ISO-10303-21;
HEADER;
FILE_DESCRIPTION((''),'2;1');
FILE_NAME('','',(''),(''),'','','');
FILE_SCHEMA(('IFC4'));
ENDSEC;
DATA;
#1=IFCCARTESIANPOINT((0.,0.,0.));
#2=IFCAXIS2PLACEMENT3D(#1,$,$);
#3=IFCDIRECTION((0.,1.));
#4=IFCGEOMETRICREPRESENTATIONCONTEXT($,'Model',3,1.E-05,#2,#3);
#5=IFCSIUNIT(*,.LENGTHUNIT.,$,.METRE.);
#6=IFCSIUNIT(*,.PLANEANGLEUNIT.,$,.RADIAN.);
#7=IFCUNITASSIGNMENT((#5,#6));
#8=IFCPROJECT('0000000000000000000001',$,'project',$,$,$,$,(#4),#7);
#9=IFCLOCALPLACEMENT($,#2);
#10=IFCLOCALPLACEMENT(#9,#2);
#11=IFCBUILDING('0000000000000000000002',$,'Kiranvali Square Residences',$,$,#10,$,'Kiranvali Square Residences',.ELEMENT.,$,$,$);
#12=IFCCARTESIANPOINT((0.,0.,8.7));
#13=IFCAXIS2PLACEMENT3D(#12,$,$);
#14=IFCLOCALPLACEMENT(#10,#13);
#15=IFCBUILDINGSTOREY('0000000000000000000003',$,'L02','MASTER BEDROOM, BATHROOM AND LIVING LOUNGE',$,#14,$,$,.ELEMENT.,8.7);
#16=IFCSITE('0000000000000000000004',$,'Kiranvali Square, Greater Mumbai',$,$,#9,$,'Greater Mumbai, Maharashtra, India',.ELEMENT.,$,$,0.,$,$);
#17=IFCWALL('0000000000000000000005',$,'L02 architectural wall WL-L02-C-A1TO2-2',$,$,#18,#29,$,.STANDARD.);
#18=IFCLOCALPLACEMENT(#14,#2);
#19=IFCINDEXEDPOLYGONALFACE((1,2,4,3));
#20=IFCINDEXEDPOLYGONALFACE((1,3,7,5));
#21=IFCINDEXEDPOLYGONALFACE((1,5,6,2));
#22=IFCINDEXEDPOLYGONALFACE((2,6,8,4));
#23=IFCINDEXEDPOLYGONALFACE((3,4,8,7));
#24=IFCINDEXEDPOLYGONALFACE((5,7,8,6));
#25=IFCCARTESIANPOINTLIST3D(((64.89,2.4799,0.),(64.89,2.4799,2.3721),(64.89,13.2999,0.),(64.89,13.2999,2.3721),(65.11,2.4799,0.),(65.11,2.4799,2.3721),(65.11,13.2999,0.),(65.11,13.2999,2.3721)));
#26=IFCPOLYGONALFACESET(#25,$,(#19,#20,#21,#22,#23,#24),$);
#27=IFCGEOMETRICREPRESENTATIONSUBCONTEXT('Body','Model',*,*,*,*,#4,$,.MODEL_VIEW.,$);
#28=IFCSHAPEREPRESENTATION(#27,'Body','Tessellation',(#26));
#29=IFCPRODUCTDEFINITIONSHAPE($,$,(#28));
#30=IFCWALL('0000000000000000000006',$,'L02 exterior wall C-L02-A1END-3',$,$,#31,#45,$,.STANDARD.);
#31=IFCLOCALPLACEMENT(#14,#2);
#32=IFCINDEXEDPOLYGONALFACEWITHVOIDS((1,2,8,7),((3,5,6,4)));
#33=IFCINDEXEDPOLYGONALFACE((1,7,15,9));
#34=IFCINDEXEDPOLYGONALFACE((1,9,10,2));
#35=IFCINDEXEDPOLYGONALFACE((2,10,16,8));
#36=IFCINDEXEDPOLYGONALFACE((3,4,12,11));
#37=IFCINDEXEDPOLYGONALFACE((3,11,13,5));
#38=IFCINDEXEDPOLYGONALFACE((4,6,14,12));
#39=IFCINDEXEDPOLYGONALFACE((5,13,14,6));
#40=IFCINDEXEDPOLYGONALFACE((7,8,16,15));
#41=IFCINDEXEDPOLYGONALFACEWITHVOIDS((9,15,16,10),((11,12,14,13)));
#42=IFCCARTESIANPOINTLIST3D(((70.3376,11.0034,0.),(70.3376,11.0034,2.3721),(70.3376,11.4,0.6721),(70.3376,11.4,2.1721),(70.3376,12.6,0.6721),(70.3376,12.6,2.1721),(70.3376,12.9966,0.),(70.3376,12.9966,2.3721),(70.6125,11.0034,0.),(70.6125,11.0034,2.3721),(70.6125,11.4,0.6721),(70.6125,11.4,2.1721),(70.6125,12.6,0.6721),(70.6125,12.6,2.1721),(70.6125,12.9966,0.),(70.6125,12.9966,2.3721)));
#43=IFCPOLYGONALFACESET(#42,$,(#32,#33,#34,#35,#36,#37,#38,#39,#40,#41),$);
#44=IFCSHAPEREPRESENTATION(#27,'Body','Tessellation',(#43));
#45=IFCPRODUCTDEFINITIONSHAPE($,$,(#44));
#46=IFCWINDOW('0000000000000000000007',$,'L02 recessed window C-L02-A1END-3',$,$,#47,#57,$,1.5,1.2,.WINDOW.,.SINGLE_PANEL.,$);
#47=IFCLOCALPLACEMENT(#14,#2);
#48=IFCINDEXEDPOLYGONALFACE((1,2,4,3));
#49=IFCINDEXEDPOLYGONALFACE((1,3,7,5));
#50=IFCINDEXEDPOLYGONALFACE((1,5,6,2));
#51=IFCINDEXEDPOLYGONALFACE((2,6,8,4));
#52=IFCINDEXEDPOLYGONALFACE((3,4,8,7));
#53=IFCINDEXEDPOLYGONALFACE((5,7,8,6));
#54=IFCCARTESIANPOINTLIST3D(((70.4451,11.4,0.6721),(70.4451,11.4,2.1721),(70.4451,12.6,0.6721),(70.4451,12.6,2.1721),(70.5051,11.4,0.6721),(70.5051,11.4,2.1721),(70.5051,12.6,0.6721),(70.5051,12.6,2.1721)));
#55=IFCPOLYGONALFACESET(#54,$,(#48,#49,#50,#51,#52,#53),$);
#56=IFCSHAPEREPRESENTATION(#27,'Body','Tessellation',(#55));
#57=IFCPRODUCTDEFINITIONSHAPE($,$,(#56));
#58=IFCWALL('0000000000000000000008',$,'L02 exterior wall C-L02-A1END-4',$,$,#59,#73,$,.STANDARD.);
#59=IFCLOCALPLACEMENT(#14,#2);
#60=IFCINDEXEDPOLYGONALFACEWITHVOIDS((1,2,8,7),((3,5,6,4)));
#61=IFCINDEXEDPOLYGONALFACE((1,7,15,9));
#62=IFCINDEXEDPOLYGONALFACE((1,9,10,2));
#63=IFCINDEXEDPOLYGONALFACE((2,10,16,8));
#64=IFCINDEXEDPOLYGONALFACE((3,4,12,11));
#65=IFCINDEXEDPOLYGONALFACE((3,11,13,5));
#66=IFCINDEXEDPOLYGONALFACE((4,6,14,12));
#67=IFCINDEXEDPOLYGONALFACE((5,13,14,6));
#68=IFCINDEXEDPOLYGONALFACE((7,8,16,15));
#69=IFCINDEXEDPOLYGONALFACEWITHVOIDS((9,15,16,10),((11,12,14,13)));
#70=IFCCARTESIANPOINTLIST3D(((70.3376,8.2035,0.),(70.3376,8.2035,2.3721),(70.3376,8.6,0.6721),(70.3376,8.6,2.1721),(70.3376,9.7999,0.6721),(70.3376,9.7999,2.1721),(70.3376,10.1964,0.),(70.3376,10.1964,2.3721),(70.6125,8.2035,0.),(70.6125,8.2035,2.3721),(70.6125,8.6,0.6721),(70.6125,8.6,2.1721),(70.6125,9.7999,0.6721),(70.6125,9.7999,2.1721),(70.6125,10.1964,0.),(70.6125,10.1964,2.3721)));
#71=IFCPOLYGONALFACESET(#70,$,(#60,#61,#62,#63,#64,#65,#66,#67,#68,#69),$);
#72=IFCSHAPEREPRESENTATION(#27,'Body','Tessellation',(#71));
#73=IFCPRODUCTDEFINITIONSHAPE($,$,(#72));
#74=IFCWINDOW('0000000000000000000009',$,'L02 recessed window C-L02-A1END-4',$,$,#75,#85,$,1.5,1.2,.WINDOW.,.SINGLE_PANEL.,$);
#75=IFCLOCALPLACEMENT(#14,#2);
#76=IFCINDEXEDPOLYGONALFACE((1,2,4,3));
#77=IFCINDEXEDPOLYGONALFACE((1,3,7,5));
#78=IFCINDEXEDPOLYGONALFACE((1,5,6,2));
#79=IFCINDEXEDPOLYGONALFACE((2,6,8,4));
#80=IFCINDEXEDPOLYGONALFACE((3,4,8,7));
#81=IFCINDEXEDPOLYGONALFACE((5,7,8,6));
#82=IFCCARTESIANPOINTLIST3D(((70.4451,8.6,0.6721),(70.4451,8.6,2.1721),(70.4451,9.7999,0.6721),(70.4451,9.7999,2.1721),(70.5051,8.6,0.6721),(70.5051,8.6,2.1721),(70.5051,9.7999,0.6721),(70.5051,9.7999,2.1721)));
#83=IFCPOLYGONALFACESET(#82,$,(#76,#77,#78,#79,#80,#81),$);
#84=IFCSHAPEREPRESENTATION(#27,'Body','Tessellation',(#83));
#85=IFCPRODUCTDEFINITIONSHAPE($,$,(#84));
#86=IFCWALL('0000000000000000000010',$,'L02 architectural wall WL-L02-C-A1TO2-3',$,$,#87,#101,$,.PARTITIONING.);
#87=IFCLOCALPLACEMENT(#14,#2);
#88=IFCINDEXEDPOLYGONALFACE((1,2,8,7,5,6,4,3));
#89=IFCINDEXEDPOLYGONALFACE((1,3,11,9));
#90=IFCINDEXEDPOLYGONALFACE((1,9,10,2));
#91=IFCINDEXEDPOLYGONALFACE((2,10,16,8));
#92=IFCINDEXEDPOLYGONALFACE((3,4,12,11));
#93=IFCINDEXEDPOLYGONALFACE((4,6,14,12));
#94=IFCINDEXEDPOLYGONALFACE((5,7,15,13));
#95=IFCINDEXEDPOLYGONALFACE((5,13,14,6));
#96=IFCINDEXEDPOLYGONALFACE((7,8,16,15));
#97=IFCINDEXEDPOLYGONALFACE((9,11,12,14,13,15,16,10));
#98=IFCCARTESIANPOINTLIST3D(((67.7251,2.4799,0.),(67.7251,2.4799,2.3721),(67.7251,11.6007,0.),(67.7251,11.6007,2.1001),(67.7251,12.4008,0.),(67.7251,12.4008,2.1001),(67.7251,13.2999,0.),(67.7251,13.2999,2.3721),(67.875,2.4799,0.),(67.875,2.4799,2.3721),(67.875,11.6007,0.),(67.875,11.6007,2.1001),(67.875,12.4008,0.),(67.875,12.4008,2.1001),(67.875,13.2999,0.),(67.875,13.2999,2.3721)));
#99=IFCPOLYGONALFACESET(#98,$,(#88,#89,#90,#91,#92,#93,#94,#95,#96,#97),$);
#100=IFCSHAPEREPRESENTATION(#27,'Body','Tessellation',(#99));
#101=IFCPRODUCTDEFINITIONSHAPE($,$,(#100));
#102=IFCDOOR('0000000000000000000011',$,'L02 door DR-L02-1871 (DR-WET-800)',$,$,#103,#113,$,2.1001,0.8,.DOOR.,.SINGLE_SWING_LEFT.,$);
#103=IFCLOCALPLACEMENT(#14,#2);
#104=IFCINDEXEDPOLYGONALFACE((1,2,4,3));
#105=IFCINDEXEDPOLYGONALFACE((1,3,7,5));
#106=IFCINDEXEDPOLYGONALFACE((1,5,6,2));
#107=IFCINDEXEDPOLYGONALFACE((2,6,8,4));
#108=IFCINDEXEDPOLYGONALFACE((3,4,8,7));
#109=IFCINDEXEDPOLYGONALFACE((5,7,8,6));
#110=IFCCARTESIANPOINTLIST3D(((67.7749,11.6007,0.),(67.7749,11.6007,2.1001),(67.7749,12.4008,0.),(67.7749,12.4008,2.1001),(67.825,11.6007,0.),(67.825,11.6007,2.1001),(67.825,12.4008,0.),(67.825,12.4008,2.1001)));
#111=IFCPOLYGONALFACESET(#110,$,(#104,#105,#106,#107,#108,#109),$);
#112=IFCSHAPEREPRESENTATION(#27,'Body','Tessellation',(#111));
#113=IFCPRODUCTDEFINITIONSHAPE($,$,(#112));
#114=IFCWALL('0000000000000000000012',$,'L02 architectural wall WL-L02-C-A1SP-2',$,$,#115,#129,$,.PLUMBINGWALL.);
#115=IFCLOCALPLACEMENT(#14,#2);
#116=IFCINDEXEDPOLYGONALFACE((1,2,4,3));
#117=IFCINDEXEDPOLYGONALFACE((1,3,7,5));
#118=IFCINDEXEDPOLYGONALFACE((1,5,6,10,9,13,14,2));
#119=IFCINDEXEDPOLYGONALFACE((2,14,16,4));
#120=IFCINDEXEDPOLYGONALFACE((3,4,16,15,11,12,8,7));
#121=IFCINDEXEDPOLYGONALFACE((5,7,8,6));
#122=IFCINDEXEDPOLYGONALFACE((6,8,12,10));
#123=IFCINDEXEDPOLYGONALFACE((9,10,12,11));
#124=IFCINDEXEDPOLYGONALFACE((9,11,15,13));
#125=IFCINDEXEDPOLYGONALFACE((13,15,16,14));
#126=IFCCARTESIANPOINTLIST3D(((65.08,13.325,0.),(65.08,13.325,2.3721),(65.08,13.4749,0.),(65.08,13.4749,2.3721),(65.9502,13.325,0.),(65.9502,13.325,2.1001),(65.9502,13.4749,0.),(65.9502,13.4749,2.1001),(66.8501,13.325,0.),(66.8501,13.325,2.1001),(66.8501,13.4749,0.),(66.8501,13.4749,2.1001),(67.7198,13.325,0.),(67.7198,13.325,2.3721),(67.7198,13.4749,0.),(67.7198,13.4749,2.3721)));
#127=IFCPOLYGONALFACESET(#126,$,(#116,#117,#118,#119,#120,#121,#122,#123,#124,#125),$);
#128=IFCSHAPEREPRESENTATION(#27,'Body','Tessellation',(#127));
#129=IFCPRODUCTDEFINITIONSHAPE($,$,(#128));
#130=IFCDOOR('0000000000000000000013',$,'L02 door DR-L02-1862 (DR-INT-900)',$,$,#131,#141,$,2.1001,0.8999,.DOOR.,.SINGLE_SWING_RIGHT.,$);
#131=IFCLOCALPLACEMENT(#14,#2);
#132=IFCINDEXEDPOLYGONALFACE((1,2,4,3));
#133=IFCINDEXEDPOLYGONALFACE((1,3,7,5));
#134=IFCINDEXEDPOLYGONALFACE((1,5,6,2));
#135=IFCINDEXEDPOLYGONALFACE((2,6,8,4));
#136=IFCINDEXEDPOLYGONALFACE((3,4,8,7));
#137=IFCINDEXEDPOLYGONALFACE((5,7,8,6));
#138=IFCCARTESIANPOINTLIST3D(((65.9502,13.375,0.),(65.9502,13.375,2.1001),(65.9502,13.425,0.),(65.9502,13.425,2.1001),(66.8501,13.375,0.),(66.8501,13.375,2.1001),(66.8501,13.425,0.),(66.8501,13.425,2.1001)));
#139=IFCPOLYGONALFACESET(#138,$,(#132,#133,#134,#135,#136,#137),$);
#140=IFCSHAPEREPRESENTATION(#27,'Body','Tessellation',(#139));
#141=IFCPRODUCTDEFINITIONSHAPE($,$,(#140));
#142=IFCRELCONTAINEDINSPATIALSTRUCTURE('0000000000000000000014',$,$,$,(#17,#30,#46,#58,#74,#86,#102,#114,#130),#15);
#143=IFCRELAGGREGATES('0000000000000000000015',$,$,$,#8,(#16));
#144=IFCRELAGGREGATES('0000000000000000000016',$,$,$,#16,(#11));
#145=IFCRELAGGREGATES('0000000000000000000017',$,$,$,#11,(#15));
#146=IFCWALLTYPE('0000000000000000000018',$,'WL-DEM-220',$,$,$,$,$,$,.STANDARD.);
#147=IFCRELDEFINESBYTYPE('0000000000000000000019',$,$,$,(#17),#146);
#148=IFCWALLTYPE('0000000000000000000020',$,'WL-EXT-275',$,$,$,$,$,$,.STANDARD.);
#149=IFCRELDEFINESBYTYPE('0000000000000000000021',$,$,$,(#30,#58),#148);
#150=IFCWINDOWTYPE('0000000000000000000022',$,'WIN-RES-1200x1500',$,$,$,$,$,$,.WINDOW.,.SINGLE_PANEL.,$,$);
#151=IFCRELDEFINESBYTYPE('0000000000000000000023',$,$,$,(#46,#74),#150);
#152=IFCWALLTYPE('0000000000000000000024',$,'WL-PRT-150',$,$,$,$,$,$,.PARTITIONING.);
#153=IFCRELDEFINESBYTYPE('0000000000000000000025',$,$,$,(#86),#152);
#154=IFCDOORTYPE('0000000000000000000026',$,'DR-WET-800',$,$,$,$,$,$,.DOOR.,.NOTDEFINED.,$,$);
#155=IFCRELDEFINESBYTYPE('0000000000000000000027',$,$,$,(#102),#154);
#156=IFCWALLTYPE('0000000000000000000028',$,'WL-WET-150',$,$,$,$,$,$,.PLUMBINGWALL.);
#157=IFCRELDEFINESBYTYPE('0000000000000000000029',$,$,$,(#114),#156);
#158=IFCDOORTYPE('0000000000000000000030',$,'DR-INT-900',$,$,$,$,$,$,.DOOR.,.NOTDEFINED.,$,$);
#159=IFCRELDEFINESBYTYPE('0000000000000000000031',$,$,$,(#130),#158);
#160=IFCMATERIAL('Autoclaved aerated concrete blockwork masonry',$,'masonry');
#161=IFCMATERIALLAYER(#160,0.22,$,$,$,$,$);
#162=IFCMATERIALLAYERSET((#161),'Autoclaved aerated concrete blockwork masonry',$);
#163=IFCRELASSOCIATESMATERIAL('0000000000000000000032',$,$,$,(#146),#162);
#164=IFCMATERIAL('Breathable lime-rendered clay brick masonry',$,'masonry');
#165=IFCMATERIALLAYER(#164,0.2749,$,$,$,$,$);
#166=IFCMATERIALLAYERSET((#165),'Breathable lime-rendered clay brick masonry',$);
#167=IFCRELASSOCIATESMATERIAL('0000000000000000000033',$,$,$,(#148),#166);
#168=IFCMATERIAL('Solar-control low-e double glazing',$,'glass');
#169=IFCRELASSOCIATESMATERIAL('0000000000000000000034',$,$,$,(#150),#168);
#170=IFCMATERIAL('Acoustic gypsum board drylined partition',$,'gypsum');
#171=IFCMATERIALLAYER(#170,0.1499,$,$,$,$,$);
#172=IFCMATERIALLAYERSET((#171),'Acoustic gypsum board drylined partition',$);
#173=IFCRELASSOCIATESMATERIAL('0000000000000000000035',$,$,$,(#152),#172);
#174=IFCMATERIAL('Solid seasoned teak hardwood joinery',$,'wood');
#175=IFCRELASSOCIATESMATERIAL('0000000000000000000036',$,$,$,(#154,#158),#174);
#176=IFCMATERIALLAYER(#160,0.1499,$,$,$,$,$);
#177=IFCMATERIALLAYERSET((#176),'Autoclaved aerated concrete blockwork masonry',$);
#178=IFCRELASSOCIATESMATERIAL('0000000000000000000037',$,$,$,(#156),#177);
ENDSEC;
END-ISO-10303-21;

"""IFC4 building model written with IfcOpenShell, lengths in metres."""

from ifc_helpers import new_model, si_unit, direction, frame, frame_2d, origin, place, context, subcontext, project, spatial, rectangle, extrude, material, layer, layer_set, type_object, element, fill, save


model = new_model("IFC4")

# Units and contexts
model_context = context("Model", 3, precision=1e-05, world=origin(), true_north=direction((0.0, 1.0)))
body_context = subcontext(model_context, "Body", "Model", "MODEL_VIEW")
ifc_project = project(units=[si_unit("LENGTHUNIT", "METRE"), si_unit("PLANEANGLEUNIT", "RADIAN")], contexts=[model_context])

# Site, building, storey
site_placement = place(None, origin())
site = spatial("IfcSite", under=ifc_project, at=site_placement, Name="Kiranvali Square, Greater Mumbai", LongName="Greater Mumbai, Maharashtra, India", CompositionType="ELEMENT", RefElevation=0.0)
building_placement = place(site_placement, origin())
building = spatial("IfcBuilding", under=site, at=building_placement, Name="Kiranvali Square Residences", LongName="Kiranvali Square Residences", CompositionType="ELEMENT")
storey_placement = place(building_placement, frame((0.0, 0.0, 8.7)))
storey = spatial("IfcBuildingStorey", under=building, at=storey_placement, Name="L02", Description="MASTER BEDROOM, BATHROOM AND LIVING LOUNGE", CompositionType="ELEMENT", Elevation=8.7)

# Wall
ifc_material_1 = material(Name="Autoclaved aerated concrete blockwork masonry", Category="masonry")
ifc_layer_1 = layer(ifc_material_1, 0.22)
ifc_layer_set_1 = layer_set([ifc_layer_1], Name="Autoclaved aerated concrete blockwork masonry")
wall_type_1 = type_object("IfcWallType", Name="WL-DEM-220", PredefinedType="STANDARD", material=ifc_layer_set_1)
wall_1_placement = place(storey_placement, frame((65.0, 13.3, 0.0), z_axis=(0.0, 0.0, 1.0), x_axis=(0.0, -1.0, 0.0)))
element("IfcWall", 1, at=wall_1_placement, inside=storey, type_object=wall_type_1, Name="L02 architectural wall WL-L02-C-A1TO2-2", PredefinedType="STANDARD", context=body_context, shape_type="SweptSolid", body=[
    extrude(rectangle(XDim=10.8201, YDim=0.22, at=frame_2d((5.4102, 0.0))), origin(), (0.0, 0.0, 1.0), 2.3721),
])

# Walls, openings, windows
ifc_material_2 = material(Name="Breathable lime-rendered clay brick masonry", Category="masonry")
ifc_layer_2 = layer(ifc_material_2, 0.2749)
ifc_layer_set_2 = layer_set([ifc_layer_2], Name="Breathable lime-rendered clay brick masonry")
wall_type_2 = type_object("IfcWallType", Name="WL-EXT-275", PredefinedType="STANDARD", material=ifc_layer_set_2)
wall_2_placement = place(storey_placement, frame((70.4751, 12.9966, 0.0), z_axis=(0.0, 0.0, 1.0), x_axis=(0.0, -1.0, 0.0)))
wall_2 = element("IfcWall", 2, at=wall_2_placement, inside=storey, type_object=wall_type_2, Name="L02 exterior wall C-L02-A1END-3", PredefinedType="STANDARD", context=body_context, shape_type="SweptSolid", body=[
    extrude(rectangle(XDim=1.9932, YDim=0.2749, at=frame_2d((0.9966, 0.0))), origin(), (0.0, 0.0, 1.0), 2.3721),
])
opening_1_placement = place(wall_2_placement, frame((0.3965, 0.0, 0.6721)))
opening_1 = element("IfcOpeningElement", 3, at=opening_1_placement, cuts=wall_2, PredefinedType="OPENING", context=body_context, shape_type="SweptSolid", body=[
    extrude(rectangle(XDim=1.2, YDim=1.5, at=frame_2d((0.6001, 0.75))), frame((0.0, 0.1475, 0.0), z_axis=(0.0, -1.0, 0.0), x_axis=(1.0, 0.0, 0.0)), (0.0, 0.0, 1.0), 0.2949),
])
ifc_material_3 = material(Name="Solar-control low-e double glazing", Category="glass")
window_type = type_object("IfcWindowType", Name="WIN-RES-1200x1500", PartitioningType="SINGLE_PANEL", PredefinedType="WINDOW", material=ifc_material_3)
window_1_placement = place(opening_1_placement, origin())
window_1 = element("IfcWindow", 4, at=window_1_placement, inside=storey, type_object=window_type, Name="L02 recessed window C-L02-A1END-3", OverallHeight=1.5, OverallWidth=1.2, PartitioningType="SINGLE_PANEL", PredefinedType="WINDOW", context=body_context, shape_type="SweptSolid", body=[
    extrude(rectangle(XDim=1.2, YDim=1.5, at=frame_2d((0.6001, 0.75))), frame((0.0, 0.03, 0.0), z_axis=(0.0, -1.0, 0.0), x_axis=(1.0, 0.0, 0.0)), (0.0, 0.0, 1.0), 0.0601),
])
fill(opening_1, window_1)
wall_3_placement = place(storey_placement, frame((70.4751, 10.1965, 0.0), z_axis=(0.0, 0.0, 1.0), x_axis=(0.0, -1.0, 0.0)))
wall_3 = element("IfcWall", 5, at=wall_3_placement, inside=storey, type_object=wall_type_2, Name="L02 exterior wall C-L02-A1END-4", PredefinedType="STANDARD", context=body_context, shape_type="SweptSolid", body=[
    extrude(rectangle(XDim=1.9929, YDim=0.2749, at=frame_2d((0.9966, 0.0))), origin(), (0.0, 0.0, 1.0), 2.3721),
])
opening_2_placement = place(wall_3_placement, frame((0.3965, 0.0, 0.6721)))
opening_2 = element("IfcOpeningElement", 6, at=opening_2_placement, cuts=wall_3, PredefinedType="OPENING", context=body_context, shape_type="SweptSolid", body=[
    extrude(rectangle(XDim=1.2, YDim=1.5, at=frame_2d((0.6001, 0.75))), frame((0.0, 0.1475, 0.0), z_axis=(0.0, -1.0, 0.0), x_axis=(1.0, 0.0, 0.0)), (0.0, 0.0, 1.0), 0.2949),
])
window_2_placement = place(opening_2_placement, origin())
window_2 = element("IfcWindow", 7, at=window_2_placement, inside=storey, type_object=window_type, Name="L02 recessed window C-L02-A1END-4", OverallHeight=1.5, OverallWidth=1.2, PartitioningType="SINGLE_PANEL", PredefinedType="WINDOW", context=body_context, shape_type="SweptSolid", body=[
    extrude(rectangle(XDim=1.2, YDim=1.5, at=frame_2d((0.6001, 0.75))), frame((0.0, 0.03, 0.0), z_axis=(0.0, -1.0, 0.0), x_axis=(1.0, 0.0, 0.0)), (0.0, 0.0, 1.0), 0.0601),
])
fill(opening_2, window_2)

# Walls, openings, doors
ifc_material_4 = material(Name="Acoustic gypsum board drylined partition", Category="gypsum")
ifc_layer_3 = layer(ifc_material_4, 0.1499)
ifc_layer_set_3 = layer_set([ifc_layer_3], Name="Acoustic gypsum board drylined partition")
wall_type_3 = type_object("IfcWallType", Name="WL-PRT-150", PredefinedType="PARTITIONING", material=ifc_layer_set_3)
wall_4_placement = place(storey_placement, frame((67.8, 13.3, 0.0), z_axis=(0.0, 0.0, 1.0), x_axis=(0.0, -1.0, 0.0)))
wall_4 = element("IfcWall", 8, at=wall_4_placement, inside=storey, type_object=wall_type_3, Name="L02 architectural wall WL-L02-C-A1TO2-3", PredefinedType="PARTITIONING", context=body_context, shape_type="SweptSolid", body=[
    extrude(rectangle(XDim=10.8201, YDim=0.1499, at=frame_2d((5.4102, 0.0))), origin(), (0.0, 0.0, 1.0), 2.3721),
])
opening_3_placement = place(wall_4_placement, frame((0.8994, 0.0, 0.0)))
opening_3 = element("IfcOpeningElement", 9, at=opening_3_placement, cuts=wall_4, PredefinedType="OPENING", context=body_context, shape_type="SweptSolid", body=[
    extrude(rectangle(XDim=0.8, YDim=2.1001, at=frame_2d((0.3999, 1.05))), frame((0.0, 0.085, 0.0), z_axis=(0.0, -1.0, 0.0), x_axis=(1.0, 0.0, 0.0)), (0.0, 0.0, 1.0), 0.1699),
])
ifc_material_5 = material(Name="Solid seasoned teak hardwood joinery", Category="wood")
door_type_1 = type_object("IfcDoorType", Name="DR-WET-800", OperationType="NOTDEFINED", PredefinedType="DOOR", material=ifc_material_5)
door_1_placement = place(opening_3_placement, origin())
door_1 = element("IfcDoor", 10, at=door_1_placement, inside=storey, type_object=door_type_1, Name="L02 door DR-L02-1871 (DR-WET-800)", OperationType="SINGLE_SWING_LEFT", OverallHeight=2.1001, OverallWidth=0.8, PredefinedType="DOOR", context=body_context, shape_type="SweptSolid", body=[
    extrude(rectangle(XDim=0.8, YDim=2.1001, at=frame_2d((0.3999, 1.05))), frame((0.0, 0.0249, 0.0), z_axis=(0.0, -1.0, 0.0), x_axis=(1.0, 0.0, 0.0)), (0.0, 0.0, 1.0), 0.05),
])
fill(opening_3, door_1)
ifc_layer_4 = layer(ifc_material_1, 0.1499)
ifc_layer_set_4 = layer_set([ifc_layer_4], Name="Autoclaved aerated concrete blockwork masonry")
wall_type_4 = type_object("IfcWallType", Name="WL-WET-150", PredefinedType="PLUMBINGWALL", material=ifc_layer_set_4)
wall_5_placement = place(storey_placement, frame((65.0801, 13.3999, 0.0), z_axis=(0.0, 0.0, 1.0), x_axis=(1.0, 0.0, 0.0)))
wall_5 = element("IfcWall", 11, at=wall_5_placement, inside=storey, type_object=wall_type_4, Name="L02 architectural wall WL-L02-C-A1SP-2", PredefinedType="PLUMBINGWALL", context=body_context, shape_type="SweptSolid", body=[
    extrude(rectangle(XDim=2.6399, YDim=0.1499, at=frame_2d((1.3198, 0.0))), origin(), (0.0, 0.0, 1.0), 2.3721),
])
opening_4_placement = place(wall_5_placement, frame((0.8701, 0.0, 0.0)))
opening_4 = element("IfcOpeningElement", 12, at=opening_4_placement, cuts=wall_5, PredefinedType="OPENING", context=body_context, shape_type="SweptSolid", body=[
    extrude(rectangle(XDim=0.8999, YDim=2.1001, at=frame_2d((0.45, 1.05))), frame((0.0, 0.085, 0.0), z_axis=(0.0, -1.0, 0.0), x_axis=(1.0, 0.0, 0.0)), (0.0, 0.0, 1.0), 0.1699),
])
door_type_2 = type_object("IfcDoorType", Name="DR-INT-900", OperationType="NOTDEFINED", PredefinedType="DOOR", material=ifc_material_5)
door_2_placement = place(opening_4_placement, frame((0.8999, 0.0, 0.0), z_axis=(0.0, 0.0, 1.0), x_axis=(-1.0, 0.0, 0.0)))
door_2 = element("IfcDoor", 13, at=door_2_placement, inside=storey, type_object=door_type_2, Name="L02 door DR-L02-1862 (DR-INT-900)", OperationType="SINGLE_SWING_RIGHT", OverallHeight=2.1001, OverallWidth=0.8999, PredefinedType="DOOR", context=body_context, shape_type="SweptSolid", body=[
    extrude(rectangle(XDim=0.8999, YDim=2.1001, at=frame_2d((0.45, 1.05))), frame((0.0, 0.0249, 0.0), z_axis=(0.0, -1.0, 0.0), x_axis=(1.0, 0.0, 0.0)), (0.0, 0.0, 1.0), 0.05),
])
fill(opening_4, door_2)

save(model, "model.ifc")
